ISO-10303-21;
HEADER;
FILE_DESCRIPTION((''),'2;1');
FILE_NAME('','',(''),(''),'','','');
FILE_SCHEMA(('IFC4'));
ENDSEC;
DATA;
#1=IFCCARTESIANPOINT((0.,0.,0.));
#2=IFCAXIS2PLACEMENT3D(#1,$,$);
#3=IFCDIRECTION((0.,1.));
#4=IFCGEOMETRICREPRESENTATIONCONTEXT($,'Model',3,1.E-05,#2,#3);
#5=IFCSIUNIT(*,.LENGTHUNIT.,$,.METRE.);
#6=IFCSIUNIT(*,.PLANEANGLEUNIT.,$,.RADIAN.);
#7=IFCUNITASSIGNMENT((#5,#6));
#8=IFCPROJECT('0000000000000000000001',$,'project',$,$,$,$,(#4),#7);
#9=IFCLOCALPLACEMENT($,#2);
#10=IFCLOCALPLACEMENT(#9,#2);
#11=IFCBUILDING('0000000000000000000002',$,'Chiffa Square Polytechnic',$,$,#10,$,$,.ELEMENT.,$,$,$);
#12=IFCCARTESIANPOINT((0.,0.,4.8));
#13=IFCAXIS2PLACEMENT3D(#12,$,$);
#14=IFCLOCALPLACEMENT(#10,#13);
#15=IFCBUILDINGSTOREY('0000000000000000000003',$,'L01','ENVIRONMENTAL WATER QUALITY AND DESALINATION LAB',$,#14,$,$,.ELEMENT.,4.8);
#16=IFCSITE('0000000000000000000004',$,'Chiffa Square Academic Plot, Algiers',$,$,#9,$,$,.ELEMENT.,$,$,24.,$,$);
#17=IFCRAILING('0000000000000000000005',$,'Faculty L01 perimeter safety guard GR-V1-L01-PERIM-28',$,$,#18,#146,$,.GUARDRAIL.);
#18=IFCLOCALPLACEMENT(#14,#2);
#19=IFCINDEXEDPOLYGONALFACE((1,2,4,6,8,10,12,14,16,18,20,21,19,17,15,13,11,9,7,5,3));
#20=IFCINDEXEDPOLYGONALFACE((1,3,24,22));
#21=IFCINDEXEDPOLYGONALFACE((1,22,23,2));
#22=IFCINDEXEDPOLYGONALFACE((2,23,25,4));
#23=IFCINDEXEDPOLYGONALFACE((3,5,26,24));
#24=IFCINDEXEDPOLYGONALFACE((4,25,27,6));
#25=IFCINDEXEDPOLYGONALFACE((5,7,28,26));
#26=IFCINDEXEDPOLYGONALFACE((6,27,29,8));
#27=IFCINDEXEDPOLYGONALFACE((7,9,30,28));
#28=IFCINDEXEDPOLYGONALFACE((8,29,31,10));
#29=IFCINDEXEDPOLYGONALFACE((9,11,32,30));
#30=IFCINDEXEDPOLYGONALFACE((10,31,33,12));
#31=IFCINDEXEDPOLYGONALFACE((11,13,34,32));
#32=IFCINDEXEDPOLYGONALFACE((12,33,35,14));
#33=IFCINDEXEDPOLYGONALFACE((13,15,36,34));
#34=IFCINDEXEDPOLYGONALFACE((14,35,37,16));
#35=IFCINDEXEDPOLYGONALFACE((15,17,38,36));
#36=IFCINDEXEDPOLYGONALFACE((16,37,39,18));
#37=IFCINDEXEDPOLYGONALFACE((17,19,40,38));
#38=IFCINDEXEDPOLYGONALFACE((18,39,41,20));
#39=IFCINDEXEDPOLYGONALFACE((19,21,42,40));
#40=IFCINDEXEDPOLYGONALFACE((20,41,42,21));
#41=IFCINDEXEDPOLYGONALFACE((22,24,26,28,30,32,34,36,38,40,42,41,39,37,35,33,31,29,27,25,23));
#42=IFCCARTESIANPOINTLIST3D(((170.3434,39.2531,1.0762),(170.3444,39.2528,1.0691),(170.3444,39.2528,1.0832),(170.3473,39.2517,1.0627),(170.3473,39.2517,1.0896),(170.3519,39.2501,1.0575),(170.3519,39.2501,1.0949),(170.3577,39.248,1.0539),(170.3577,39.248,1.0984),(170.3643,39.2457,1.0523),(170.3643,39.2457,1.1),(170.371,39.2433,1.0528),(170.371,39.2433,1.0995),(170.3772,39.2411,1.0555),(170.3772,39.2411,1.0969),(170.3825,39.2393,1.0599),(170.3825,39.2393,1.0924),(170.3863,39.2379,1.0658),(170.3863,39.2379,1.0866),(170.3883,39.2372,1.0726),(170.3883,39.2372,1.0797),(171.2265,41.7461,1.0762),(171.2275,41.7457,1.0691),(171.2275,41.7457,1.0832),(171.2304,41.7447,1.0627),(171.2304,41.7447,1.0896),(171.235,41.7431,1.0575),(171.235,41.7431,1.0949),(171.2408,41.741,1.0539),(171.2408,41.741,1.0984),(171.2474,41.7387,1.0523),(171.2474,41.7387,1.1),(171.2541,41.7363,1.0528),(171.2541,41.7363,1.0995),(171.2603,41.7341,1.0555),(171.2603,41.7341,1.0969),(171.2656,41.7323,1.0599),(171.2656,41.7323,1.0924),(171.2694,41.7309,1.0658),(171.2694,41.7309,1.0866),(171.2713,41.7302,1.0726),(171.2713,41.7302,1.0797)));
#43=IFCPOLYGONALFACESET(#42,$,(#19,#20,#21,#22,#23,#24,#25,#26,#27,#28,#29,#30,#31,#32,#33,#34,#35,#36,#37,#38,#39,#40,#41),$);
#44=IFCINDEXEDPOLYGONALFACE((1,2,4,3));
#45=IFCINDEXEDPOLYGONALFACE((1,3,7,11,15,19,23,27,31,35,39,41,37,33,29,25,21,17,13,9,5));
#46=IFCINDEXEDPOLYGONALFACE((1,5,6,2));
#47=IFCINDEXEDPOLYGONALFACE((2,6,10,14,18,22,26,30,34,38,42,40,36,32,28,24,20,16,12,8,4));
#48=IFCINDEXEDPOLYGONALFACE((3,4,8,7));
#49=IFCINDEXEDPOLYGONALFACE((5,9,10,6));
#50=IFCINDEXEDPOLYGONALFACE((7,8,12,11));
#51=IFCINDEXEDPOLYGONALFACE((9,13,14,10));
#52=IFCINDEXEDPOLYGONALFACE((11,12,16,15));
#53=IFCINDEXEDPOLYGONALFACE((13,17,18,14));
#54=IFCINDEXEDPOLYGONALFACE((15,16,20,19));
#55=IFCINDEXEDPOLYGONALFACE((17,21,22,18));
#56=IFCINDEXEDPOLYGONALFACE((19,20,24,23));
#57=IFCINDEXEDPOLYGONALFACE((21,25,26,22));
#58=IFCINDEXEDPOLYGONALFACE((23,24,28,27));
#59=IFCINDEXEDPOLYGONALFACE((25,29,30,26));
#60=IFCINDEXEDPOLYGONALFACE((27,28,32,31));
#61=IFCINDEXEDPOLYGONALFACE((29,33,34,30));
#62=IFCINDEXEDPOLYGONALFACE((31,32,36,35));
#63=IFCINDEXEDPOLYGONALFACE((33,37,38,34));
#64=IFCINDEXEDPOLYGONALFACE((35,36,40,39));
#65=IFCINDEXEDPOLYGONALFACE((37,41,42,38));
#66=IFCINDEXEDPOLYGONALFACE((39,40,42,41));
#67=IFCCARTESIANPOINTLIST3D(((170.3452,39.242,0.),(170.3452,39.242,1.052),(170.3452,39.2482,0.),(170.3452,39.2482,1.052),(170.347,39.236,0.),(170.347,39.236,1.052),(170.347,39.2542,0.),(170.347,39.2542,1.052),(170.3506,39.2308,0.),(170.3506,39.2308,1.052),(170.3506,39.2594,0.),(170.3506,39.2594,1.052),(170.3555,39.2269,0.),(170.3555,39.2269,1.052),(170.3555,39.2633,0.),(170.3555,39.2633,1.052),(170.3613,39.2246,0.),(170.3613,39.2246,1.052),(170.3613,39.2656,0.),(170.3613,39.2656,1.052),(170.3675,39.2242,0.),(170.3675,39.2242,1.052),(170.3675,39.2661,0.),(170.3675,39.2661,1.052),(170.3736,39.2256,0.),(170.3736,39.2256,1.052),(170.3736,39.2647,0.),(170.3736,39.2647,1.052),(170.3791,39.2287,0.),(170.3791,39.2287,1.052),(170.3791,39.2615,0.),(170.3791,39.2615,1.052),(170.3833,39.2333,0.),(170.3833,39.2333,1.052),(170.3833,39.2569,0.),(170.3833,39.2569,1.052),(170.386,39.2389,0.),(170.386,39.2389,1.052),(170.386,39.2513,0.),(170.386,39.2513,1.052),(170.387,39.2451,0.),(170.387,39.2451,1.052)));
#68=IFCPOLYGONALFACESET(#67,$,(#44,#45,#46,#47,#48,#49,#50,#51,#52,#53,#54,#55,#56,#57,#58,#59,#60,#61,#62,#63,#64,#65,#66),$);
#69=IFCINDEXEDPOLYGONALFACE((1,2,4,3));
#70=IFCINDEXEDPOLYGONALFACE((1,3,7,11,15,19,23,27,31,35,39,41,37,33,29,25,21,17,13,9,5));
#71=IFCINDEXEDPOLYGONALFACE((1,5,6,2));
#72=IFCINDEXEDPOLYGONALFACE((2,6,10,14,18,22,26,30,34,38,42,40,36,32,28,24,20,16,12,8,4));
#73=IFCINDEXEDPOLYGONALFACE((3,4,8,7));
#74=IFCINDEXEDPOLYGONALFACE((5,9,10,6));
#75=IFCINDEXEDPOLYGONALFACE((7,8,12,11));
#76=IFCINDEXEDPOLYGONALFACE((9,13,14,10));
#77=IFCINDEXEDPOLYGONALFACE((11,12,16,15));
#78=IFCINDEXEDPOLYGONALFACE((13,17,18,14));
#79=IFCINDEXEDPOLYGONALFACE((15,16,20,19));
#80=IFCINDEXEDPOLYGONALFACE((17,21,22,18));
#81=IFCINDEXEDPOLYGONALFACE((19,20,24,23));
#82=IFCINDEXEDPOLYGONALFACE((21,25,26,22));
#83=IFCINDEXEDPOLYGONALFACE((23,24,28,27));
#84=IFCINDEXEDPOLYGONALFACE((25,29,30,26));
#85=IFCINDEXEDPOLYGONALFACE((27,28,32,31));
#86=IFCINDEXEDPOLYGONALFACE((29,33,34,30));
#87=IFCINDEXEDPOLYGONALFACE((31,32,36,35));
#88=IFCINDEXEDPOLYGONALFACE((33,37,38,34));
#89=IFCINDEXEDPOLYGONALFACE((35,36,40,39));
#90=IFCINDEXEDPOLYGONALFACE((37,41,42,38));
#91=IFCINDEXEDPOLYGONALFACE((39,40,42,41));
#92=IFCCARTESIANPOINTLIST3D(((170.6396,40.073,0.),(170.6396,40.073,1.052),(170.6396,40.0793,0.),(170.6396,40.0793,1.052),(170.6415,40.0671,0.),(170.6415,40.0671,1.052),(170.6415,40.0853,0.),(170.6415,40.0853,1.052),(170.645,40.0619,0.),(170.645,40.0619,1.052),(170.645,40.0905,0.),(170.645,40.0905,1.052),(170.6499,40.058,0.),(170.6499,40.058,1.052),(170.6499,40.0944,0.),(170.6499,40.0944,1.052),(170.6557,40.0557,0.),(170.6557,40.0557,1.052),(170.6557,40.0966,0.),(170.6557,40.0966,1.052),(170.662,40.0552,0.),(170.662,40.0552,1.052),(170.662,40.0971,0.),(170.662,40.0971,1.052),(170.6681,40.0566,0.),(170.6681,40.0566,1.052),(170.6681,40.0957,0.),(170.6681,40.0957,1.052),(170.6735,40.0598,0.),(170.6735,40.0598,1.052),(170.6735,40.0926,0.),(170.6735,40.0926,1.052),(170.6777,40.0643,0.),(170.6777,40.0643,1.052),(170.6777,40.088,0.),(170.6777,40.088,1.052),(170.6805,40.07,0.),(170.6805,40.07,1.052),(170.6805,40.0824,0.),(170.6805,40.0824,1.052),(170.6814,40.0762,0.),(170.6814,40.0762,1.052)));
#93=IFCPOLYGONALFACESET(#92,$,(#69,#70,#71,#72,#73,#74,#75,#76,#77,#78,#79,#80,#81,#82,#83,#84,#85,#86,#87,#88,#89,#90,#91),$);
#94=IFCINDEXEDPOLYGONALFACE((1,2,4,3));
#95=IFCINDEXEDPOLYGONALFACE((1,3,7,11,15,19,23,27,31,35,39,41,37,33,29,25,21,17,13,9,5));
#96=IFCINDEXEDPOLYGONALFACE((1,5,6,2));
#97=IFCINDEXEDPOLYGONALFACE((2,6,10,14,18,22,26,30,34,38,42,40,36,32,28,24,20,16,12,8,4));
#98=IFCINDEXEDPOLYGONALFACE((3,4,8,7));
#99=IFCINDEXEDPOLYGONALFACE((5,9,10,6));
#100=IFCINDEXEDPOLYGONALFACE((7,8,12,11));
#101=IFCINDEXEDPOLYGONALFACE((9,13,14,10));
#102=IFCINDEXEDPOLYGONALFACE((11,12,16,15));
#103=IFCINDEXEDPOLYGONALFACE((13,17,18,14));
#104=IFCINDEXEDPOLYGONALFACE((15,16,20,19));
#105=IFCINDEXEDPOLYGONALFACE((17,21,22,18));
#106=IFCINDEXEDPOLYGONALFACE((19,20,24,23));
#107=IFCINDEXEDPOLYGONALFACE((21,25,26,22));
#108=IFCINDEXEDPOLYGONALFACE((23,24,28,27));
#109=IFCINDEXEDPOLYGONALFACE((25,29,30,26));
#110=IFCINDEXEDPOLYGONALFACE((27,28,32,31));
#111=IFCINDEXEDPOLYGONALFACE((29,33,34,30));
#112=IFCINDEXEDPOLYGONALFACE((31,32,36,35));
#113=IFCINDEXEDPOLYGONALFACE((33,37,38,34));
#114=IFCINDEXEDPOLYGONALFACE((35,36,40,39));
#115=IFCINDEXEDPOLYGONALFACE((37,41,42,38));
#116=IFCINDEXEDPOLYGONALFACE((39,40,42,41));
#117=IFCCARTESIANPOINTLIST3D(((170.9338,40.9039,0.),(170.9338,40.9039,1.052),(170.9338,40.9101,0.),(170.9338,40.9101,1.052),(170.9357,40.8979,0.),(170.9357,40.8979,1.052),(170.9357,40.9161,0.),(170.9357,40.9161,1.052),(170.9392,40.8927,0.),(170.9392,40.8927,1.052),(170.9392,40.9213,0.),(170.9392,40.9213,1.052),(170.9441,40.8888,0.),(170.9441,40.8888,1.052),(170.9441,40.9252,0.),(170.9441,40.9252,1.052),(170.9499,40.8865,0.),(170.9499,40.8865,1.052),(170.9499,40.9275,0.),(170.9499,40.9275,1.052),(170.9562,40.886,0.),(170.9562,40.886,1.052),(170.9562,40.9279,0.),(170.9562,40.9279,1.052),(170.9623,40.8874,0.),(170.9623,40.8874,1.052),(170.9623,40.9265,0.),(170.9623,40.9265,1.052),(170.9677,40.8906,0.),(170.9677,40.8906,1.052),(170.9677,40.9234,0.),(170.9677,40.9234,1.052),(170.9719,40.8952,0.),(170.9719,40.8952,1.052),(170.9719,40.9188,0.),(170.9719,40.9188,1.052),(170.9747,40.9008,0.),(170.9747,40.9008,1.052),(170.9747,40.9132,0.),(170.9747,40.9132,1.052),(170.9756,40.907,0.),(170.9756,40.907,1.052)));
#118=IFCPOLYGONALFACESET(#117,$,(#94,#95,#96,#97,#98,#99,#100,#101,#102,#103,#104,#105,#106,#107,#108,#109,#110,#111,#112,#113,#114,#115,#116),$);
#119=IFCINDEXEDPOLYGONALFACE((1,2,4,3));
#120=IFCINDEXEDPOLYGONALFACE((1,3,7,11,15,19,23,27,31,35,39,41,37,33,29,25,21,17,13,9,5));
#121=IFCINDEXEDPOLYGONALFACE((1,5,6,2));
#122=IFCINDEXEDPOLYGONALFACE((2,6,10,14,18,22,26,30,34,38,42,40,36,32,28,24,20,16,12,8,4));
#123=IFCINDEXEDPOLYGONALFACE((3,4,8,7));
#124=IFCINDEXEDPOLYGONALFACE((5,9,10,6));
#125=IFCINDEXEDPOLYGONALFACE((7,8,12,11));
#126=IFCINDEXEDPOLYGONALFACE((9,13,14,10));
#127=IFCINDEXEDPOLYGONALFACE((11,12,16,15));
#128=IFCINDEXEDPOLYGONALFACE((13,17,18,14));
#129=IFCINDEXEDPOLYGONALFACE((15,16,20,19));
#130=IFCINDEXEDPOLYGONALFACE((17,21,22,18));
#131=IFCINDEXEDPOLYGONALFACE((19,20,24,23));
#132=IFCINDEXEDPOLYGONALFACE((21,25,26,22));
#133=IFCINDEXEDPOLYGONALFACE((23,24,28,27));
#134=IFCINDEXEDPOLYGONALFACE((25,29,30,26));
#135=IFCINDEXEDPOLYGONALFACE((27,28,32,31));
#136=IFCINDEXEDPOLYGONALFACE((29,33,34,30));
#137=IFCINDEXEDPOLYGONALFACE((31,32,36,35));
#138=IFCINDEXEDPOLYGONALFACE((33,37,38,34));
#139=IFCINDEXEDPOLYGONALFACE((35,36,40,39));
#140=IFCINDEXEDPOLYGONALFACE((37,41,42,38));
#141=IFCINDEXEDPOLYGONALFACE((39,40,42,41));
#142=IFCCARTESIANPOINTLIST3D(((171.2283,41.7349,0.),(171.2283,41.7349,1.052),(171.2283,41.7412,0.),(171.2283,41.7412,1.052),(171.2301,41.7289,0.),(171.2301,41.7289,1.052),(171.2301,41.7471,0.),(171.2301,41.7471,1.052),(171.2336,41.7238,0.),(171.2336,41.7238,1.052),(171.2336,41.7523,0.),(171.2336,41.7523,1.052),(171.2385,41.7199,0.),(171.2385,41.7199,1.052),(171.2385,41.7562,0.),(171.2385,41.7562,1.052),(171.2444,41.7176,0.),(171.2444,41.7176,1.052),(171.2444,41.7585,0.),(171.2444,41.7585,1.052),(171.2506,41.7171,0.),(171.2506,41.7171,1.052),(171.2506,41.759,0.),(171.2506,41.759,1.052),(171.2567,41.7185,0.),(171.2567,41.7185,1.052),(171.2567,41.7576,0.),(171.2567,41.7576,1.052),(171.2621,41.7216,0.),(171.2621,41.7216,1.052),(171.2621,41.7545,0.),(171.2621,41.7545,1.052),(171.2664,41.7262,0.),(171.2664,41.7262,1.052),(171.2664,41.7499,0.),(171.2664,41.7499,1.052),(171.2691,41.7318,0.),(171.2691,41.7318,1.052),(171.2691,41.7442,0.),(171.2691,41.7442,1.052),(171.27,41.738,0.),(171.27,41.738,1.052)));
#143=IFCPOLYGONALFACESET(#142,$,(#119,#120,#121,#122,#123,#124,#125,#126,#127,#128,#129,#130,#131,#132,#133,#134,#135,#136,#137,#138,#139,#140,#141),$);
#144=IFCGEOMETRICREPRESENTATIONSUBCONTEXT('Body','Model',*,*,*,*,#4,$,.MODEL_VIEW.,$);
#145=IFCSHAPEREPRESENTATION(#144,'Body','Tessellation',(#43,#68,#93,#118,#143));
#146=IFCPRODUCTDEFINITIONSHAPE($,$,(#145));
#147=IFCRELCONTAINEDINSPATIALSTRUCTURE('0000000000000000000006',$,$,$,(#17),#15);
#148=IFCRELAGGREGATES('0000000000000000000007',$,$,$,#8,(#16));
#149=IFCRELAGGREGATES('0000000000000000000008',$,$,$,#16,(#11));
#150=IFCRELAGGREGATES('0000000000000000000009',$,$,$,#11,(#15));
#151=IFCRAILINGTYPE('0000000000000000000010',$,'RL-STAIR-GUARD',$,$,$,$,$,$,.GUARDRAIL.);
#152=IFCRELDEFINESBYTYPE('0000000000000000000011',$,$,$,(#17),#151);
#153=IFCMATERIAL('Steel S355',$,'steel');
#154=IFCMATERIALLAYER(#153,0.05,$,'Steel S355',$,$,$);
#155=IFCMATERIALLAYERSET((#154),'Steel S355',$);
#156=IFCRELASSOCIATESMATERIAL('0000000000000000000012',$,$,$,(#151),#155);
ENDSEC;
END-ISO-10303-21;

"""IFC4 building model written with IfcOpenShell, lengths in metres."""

from ifc_helpers import new_model, si_unit, direction, frame, origin, origin_2d, place, context, subcontext, project, spatial, circle, extrude, material, layer, layer_set, type_object, element, save


model = new_model("IFC4")

# Units and contexts
model_context = context("Model", 3, precision=1e-05, world=origin(), true_north=direction((0.0, 1.0)))
body_context = subcontext(model_context, "Body", "Model", "MODEL_VIEW")
ifc_project = project(units=[si_unit("LENGTHUNIT", "METRE"), si_unit("PLANEANGLEUNIT", "RADIAN")], contexts=[model_context])

# Site, building, storey
site_placement = place(None, origin())
site = spatial("IfcSite", under=ifc_project, at=site_placement, Name="Chiffa Square Academic Plot, Algiers", CompositionType="ELEMENT", RefElevation=24.0)
building_placement = place(site_placement, origin())
building = spatial("IfcBuilding", under=site, at=building_placement, Name="Chiffa Square Polytechnic", CompositionType="ELEMENT")
storey_placement = place(building_placement, frame((0.0, 0.0, 4.8)))
storey = spatial("IfcBuildingStorey", under=building, at=storey_placement, Name="L01", Description="ENVIRONMENTAL WATER QUALITY AND DESALINATION LAB", CompositionType="ELEMENT", Elevation=4.8)

# Shared definitions
ifc_material_1 = material(Name="Steel S355", Category="steel")

# Railing
ifc_layer_1 = layer(ifc_material_1, 0.05, Name="Steel S355")
ifc_layer_set_1 = layer_set([ifc_layer_1], Name="Steel S355")
railing_type = type_object("IfcRailingType", Name="RL-STAIR-GUARD", PredefinedType="GUARDRAIL", material=ifc_layer_set_1)
railing_placement = place(storey_placement, frame((170.366, 39.2451, 0.0)))
element("IfcRailing", 1, at=railing_placement, inside=storey, type_object=railing_type, Name="Faculty L01 perimeter safety guard GR-V1-L01-PERIM-28", PredefinedType="GUARDRAIL", context=body_context, shape_type="SweptSolid", body=[
    extrude(circle(Radius=0.0239, at=origin_2d()), frame((0.0, 0.0, 1.0762), z_axis=(0.333897, 0.94261, 0.0), x_axis=(-0.94261, 0.333897, 0.0)), (0.0, 0.0, 1.0), 2.6448),
    extrude(circle(Radius=0.021, at=origin_2d()), origin(), (0.0, 0.0, 1.0), 1.052),
    extrude(circle(Radius=0.021, at=origin_2d()), frame((0.2944, 0.8311, 0.0)), (0.0, 0.0, 1.0), 1.052),
    extrude(circle(Radius=0.021, at=origin_2d()), frame((0.5886, 1.6619, 0.0)), (0.0, 0.0, 1.0), 1.052),
    extrude(circle(Radius=0.021, at=origin_2d()), frame((0.8831, 2.4929, 0.0)), (0.0, 0.0, 1.0), 1.052),
])

save(model, "model.ifc")
